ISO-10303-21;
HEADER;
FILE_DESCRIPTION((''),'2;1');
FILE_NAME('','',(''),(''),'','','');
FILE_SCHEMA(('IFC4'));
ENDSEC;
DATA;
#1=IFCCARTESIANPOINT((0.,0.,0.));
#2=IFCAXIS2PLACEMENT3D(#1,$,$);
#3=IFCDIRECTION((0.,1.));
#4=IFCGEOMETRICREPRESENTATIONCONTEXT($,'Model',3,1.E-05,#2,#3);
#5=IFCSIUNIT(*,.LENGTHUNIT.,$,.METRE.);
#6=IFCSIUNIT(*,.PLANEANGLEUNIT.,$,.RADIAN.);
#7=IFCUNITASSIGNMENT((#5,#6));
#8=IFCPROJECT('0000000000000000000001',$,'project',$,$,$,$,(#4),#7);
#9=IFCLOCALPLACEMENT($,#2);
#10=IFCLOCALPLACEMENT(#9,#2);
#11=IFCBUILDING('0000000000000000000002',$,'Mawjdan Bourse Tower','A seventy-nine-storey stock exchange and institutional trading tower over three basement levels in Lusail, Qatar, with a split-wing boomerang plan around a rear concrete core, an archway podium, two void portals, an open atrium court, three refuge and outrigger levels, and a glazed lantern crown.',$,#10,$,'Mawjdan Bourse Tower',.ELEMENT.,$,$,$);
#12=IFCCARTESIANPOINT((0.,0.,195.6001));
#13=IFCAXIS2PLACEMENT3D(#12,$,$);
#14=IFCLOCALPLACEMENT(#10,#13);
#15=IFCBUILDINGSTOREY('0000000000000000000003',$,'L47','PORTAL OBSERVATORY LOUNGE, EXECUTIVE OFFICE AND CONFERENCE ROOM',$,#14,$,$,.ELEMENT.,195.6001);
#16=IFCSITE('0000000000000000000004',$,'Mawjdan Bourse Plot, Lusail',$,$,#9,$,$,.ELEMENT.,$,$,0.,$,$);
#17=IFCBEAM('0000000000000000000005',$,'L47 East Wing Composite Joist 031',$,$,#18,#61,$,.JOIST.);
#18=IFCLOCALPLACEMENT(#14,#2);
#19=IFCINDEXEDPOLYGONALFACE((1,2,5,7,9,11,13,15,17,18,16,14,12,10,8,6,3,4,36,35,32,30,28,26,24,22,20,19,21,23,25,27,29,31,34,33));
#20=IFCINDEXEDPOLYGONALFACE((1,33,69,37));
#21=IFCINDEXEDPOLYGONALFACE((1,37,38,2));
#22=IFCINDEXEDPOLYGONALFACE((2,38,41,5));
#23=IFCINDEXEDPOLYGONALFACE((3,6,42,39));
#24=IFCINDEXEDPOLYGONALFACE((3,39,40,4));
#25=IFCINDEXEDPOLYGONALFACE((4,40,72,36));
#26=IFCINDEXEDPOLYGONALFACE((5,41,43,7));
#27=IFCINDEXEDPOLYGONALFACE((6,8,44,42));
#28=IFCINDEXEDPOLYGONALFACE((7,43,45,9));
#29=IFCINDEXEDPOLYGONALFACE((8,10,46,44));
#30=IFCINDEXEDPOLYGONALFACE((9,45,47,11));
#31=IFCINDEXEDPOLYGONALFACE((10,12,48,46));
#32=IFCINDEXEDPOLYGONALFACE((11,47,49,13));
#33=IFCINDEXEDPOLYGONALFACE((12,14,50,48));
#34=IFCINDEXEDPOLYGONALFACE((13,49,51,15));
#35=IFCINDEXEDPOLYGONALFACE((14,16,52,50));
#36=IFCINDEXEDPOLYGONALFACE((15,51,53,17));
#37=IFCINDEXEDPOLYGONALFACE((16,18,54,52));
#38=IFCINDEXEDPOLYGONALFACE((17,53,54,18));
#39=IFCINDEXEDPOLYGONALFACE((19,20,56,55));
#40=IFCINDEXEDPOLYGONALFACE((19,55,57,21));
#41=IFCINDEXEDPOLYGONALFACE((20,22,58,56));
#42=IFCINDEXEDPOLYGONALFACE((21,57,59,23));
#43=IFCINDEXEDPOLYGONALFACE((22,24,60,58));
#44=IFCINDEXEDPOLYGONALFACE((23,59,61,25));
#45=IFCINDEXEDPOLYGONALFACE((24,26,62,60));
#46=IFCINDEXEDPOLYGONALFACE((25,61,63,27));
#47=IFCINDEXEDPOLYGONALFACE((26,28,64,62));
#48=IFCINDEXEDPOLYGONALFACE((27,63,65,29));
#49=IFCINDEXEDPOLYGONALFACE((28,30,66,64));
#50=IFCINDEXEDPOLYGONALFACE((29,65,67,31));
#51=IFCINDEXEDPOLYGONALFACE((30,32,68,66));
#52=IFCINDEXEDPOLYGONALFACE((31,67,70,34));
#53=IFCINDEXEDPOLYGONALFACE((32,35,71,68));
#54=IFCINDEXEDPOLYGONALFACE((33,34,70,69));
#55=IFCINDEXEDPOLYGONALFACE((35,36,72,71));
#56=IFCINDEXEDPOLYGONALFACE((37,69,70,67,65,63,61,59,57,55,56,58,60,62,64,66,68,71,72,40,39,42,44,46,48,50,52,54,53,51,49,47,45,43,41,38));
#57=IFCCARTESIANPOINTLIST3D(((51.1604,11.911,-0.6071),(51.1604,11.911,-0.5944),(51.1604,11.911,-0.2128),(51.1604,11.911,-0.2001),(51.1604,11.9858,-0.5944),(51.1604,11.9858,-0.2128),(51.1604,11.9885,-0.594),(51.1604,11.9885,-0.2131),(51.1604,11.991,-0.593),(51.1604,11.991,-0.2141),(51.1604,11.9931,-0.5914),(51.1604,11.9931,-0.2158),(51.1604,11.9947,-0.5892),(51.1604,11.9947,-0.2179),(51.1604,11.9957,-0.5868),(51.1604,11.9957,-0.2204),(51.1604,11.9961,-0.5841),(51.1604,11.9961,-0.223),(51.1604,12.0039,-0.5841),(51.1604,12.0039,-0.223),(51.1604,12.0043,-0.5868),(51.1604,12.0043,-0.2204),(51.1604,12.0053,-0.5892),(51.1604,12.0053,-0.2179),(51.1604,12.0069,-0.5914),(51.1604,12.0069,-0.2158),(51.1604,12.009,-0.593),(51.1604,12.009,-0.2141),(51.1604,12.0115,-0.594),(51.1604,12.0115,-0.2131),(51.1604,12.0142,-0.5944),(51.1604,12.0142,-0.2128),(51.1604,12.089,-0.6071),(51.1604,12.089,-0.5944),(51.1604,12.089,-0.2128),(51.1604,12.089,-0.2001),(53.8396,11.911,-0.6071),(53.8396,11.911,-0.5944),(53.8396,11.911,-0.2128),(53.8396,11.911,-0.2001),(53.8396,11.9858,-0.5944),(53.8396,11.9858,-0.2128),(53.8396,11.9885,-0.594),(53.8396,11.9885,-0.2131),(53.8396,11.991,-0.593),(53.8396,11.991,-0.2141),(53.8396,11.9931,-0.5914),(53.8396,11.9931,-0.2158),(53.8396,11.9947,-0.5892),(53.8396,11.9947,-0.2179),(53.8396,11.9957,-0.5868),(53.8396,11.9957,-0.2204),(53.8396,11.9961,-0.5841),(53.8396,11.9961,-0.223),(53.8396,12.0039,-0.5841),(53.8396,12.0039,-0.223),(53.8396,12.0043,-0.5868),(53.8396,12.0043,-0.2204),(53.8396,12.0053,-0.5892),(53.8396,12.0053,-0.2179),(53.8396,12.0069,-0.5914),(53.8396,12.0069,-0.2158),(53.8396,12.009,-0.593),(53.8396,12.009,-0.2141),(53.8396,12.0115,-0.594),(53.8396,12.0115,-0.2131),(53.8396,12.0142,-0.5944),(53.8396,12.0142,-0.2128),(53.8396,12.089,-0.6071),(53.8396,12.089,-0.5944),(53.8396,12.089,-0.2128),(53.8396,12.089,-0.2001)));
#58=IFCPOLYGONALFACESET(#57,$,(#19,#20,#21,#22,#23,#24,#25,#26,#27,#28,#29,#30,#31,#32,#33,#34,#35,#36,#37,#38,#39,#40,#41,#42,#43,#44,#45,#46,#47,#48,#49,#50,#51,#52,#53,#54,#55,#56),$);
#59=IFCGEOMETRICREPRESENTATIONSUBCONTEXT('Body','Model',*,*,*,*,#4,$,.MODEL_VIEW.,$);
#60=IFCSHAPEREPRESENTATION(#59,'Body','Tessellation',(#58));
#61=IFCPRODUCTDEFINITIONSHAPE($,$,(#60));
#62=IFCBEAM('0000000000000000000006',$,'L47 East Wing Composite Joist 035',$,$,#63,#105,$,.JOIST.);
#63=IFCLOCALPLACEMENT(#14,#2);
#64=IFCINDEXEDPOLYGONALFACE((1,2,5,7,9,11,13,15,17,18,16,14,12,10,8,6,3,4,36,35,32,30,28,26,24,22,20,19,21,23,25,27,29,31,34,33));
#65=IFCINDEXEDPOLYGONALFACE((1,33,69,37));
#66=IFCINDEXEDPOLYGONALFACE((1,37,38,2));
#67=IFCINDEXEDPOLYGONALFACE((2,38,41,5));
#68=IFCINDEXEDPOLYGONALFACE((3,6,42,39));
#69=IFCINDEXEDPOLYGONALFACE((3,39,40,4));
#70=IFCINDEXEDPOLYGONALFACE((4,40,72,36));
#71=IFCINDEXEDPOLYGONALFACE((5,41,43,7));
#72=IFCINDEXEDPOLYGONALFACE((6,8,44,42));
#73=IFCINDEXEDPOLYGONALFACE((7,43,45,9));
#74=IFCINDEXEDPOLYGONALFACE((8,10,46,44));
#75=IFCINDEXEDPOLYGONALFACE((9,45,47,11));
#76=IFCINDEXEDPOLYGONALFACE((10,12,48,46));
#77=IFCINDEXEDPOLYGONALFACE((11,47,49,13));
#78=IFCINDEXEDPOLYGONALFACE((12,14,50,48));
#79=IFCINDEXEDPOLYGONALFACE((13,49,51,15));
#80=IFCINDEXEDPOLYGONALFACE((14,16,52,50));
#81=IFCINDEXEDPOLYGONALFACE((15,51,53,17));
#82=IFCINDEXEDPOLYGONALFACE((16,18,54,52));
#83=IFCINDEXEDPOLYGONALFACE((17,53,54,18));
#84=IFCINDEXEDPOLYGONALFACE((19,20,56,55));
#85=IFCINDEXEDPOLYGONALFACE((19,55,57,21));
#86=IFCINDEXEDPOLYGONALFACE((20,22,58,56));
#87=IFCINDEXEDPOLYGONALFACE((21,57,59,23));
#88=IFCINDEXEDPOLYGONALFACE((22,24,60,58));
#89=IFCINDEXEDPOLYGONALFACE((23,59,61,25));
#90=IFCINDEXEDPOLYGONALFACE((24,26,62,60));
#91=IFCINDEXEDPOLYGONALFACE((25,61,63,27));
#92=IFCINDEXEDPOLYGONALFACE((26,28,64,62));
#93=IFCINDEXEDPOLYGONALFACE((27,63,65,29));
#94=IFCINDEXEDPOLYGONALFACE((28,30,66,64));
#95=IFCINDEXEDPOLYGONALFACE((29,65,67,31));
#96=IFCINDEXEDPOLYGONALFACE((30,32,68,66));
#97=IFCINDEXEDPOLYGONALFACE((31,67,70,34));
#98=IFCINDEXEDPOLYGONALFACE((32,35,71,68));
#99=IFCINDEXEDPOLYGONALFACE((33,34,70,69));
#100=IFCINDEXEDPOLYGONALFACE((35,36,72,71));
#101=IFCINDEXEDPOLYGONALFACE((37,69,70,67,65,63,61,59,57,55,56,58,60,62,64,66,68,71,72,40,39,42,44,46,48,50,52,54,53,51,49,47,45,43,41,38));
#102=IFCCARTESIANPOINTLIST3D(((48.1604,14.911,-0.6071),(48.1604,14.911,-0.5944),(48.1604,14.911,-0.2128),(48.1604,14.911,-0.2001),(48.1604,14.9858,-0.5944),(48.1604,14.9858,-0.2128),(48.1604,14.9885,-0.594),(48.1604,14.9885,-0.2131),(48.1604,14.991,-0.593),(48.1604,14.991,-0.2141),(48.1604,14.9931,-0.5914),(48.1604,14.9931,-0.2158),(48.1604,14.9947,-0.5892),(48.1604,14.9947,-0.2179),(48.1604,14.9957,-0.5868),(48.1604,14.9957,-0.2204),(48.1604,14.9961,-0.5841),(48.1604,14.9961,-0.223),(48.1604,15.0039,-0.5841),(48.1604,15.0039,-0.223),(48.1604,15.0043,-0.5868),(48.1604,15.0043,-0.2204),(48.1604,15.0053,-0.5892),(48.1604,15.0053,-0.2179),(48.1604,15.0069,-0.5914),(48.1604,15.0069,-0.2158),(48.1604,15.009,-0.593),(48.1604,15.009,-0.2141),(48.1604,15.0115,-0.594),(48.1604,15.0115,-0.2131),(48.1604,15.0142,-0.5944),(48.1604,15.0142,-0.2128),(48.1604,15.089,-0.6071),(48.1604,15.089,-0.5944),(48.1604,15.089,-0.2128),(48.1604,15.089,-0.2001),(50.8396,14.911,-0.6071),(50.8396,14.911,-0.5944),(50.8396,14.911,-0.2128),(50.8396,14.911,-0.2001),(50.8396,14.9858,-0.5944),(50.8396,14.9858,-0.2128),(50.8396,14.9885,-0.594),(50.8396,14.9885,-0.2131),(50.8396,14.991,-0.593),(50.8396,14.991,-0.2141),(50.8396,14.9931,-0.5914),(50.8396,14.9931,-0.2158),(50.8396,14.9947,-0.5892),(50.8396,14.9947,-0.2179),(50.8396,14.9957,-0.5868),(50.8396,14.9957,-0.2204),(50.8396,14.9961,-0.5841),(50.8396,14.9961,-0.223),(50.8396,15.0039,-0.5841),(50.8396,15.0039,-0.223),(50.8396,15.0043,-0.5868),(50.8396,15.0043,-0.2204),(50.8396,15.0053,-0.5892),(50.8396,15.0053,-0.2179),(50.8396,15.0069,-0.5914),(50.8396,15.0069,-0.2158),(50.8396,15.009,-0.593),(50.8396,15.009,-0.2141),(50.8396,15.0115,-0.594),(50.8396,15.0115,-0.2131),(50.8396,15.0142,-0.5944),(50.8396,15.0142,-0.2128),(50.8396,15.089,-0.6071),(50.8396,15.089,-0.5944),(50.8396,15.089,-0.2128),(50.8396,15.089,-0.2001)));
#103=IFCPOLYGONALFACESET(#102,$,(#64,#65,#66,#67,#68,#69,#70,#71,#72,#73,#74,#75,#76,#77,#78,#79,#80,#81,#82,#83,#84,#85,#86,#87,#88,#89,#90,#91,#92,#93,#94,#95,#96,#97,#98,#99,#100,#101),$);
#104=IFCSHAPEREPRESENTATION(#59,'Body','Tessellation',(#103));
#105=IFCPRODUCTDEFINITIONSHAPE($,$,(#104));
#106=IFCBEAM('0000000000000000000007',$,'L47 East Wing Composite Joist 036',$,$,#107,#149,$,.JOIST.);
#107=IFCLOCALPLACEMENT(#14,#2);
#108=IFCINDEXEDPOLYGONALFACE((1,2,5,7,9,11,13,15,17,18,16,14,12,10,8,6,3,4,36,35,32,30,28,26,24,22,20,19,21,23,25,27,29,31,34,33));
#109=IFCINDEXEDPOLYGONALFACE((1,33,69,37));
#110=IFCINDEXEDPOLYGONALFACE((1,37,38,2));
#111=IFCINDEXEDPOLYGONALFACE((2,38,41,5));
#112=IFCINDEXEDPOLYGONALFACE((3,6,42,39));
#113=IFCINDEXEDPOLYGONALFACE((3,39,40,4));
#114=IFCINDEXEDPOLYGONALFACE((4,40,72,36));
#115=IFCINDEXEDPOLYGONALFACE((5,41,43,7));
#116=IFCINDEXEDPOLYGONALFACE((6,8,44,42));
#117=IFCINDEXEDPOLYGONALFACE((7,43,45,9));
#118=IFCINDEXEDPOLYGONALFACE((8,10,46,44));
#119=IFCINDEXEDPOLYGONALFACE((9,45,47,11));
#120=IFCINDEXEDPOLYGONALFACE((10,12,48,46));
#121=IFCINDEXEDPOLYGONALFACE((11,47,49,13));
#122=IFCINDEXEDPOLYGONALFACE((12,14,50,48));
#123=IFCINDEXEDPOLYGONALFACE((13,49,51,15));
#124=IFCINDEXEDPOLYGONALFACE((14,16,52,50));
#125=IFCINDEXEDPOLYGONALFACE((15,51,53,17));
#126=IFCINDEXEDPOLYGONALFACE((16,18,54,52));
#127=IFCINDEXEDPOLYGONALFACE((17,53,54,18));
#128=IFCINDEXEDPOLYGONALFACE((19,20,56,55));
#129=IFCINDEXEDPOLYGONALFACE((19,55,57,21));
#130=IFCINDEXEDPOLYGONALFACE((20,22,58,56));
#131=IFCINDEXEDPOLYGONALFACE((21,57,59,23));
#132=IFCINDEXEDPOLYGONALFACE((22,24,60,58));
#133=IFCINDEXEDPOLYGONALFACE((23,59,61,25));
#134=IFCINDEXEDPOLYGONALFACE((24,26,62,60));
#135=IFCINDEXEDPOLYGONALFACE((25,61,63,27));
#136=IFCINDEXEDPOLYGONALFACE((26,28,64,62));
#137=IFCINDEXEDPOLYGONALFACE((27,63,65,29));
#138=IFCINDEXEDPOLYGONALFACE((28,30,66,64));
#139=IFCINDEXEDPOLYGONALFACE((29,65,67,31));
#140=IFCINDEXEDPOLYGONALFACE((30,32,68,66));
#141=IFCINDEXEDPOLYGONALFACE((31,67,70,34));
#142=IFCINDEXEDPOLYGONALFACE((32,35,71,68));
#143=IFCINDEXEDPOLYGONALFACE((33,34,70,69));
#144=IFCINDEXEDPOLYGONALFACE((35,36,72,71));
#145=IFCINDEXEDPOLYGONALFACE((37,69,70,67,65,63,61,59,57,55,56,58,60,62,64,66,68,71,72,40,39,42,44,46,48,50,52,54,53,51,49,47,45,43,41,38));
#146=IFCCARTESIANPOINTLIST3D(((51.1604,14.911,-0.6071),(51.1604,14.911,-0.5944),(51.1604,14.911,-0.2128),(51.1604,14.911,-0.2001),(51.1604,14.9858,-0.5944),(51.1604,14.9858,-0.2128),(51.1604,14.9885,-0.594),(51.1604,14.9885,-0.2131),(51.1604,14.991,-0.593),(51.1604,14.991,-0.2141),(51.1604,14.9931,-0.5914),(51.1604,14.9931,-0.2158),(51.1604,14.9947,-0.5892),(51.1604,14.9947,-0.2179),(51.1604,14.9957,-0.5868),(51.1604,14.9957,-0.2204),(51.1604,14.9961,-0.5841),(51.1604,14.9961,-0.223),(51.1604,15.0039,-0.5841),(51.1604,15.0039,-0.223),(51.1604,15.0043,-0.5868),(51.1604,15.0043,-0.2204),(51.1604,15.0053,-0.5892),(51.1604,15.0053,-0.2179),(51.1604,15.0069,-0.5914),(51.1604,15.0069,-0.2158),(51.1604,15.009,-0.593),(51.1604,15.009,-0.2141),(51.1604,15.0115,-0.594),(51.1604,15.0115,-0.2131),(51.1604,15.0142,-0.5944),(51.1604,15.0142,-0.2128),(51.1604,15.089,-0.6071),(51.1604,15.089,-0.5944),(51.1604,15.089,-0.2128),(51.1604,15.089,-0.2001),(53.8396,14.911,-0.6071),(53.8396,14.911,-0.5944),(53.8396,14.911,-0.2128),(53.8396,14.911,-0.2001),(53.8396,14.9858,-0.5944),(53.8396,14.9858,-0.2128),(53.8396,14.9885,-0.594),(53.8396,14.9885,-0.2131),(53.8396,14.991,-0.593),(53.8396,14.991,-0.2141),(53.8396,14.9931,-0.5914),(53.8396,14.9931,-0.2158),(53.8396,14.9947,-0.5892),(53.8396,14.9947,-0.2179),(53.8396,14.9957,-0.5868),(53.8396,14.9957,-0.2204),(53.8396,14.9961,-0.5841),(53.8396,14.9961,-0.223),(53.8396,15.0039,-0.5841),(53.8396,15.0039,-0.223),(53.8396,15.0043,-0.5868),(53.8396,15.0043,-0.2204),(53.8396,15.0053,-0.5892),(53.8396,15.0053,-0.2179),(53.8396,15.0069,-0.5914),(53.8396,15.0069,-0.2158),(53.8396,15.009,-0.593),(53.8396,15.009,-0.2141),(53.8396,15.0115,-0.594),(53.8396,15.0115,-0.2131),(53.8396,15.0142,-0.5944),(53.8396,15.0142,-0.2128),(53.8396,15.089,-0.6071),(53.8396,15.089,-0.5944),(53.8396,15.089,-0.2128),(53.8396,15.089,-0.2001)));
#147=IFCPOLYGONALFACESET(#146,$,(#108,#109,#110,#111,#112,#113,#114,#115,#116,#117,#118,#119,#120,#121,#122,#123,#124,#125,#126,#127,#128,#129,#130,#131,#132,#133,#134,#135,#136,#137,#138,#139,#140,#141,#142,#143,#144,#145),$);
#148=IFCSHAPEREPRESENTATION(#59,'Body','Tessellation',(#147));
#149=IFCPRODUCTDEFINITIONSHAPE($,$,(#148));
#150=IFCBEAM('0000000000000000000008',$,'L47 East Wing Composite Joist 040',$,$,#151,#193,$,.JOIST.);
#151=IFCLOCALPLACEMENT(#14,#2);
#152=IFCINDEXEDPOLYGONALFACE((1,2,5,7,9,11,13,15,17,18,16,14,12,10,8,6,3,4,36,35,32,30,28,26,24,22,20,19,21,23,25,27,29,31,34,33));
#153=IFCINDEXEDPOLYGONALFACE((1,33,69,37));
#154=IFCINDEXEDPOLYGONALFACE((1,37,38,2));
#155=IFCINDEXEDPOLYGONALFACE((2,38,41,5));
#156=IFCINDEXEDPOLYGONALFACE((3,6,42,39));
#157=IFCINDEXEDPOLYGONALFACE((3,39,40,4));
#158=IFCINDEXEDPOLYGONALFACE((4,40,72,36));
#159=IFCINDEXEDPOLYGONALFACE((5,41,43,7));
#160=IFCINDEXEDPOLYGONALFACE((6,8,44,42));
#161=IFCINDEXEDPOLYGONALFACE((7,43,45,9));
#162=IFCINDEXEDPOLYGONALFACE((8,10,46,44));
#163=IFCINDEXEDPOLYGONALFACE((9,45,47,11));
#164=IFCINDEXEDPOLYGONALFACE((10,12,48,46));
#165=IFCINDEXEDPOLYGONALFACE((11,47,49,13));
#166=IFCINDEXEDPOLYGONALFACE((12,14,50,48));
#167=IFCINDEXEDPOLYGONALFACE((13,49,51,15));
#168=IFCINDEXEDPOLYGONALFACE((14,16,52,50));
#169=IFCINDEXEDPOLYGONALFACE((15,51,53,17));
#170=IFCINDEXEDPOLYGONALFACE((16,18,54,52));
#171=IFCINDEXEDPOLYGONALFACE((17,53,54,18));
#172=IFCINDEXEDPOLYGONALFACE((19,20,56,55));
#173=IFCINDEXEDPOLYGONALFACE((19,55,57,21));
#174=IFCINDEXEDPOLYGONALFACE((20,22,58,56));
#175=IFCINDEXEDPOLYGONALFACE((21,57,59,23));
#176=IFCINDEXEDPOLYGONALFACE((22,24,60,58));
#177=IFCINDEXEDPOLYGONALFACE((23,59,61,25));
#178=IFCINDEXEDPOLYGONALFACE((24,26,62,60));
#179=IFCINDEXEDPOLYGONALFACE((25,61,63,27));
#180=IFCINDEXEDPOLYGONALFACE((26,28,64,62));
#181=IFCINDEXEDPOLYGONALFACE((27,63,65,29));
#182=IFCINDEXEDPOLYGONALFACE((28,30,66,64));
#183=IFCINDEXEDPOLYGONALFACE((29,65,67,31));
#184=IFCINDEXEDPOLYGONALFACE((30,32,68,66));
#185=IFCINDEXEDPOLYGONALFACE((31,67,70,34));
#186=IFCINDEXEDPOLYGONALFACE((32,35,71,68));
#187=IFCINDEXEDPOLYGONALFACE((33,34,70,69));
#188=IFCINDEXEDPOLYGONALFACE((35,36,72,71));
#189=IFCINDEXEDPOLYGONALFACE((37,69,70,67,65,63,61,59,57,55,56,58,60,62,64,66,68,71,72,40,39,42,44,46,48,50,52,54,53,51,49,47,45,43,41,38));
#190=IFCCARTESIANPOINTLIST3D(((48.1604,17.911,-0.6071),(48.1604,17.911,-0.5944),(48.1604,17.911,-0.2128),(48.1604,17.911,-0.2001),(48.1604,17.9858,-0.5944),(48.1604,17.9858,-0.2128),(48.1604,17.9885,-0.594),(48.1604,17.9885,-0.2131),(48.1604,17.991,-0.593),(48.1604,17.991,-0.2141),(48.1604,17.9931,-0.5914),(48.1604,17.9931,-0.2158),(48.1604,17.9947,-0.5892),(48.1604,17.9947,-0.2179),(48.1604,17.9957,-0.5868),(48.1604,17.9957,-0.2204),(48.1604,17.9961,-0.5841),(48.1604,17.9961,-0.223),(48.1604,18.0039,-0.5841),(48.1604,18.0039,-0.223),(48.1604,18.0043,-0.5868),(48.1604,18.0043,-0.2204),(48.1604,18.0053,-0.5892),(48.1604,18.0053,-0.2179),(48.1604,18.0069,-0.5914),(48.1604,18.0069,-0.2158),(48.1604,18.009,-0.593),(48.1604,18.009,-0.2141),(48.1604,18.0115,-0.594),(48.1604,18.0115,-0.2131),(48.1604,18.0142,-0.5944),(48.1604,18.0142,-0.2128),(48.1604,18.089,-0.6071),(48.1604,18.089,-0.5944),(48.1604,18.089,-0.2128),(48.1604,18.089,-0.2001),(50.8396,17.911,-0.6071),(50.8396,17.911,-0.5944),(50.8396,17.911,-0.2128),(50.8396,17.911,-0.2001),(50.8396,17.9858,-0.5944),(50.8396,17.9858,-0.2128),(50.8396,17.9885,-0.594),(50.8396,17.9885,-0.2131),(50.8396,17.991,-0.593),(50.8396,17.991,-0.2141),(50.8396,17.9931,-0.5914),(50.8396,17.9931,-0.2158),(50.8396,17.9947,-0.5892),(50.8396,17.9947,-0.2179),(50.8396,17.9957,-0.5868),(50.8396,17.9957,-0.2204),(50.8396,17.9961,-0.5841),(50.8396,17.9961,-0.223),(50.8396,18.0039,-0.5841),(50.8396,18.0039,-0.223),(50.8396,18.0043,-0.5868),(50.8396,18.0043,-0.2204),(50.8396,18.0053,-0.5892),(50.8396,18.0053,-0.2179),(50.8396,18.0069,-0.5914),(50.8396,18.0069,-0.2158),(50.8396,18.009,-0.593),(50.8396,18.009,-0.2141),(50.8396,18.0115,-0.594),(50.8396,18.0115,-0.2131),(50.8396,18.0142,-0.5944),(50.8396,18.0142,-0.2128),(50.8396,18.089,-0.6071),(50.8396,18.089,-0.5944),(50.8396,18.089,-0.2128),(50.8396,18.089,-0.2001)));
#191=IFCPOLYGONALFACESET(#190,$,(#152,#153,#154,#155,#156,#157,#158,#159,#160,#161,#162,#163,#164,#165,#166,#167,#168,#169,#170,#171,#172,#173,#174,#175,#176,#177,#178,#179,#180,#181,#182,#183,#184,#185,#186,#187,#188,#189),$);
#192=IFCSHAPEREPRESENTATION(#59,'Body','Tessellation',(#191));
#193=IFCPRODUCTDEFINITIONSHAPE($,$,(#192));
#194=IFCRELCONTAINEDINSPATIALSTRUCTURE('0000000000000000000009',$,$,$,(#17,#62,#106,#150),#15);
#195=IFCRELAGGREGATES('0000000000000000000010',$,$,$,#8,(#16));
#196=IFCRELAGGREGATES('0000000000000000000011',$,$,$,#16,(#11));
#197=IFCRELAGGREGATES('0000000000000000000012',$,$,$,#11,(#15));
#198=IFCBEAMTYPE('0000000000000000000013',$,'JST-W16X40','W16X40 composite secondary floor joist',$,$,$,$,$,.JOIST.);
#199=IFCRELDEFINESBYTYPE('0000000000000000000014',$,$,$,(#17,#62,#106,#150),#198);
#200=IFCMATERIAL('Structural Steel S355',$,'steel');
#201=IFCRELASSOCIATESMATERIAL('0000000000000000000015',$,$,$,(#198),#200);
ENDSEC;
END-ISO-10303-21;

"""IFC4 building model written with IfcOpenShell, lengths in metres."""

from ifc_helpers import new_model, si_unit, direction, frame, origin, origin_2d, place, context, subcontext, project, spatial, i_section, extrude, material, material_profile, profile_set, type_object, element, save


model = new_model("IFC4")

# Units and contexts
model_context = context("Model", 3, precision=1e-05, world=origin(), true_north=direction((0.0, 1.0)))
body_context = subcontext(model_context, "Body", "Model", "MODEL_VIEW")
ifc_project = project(units=[si_unit("LENGTHUNIT", "METRE"), si_unit("PLANEANGLEUNIT", "RADIAN")], contexts=[model_context])

# Site, building, storey
site_placement = place(None, origin())
site = spatial("IfcSite", under=ifc_project, at=site_placement, Name="Mawjdan Bourse Plot, Lusail", CompositionType="ELEMENT", RefElevation=0.0)
building_placement = place(site_placement, origin())
building = spatial("IfcBuilding", under=site, at=building_placement, Name="Mawjdan Bourse Tower", Description="A seventy-nine-storey stock exchange and institutional trading tower over three basement levels in Lusail, Qatar, with a split-wing boomerang plan around a rear concrete core, an archway podium, two void portals, an open atrium court, three refuge and outrigger levels, and a glazed lantern crown.", LongName="Mawjdan Bourse Tower", CompositionType="ELEMENT")
storey_placement = place(building_placement, frame((0.0, 0.0, 195.6001)))
storey = spatial("IfcBuildingStorey", under=building, at=storey_placement, Name="L47", Description="PORTAL OBSERVATORY LOUNGE, EXECUTIVE OFFICE AND CONFERENCE ROOM", CompositionType="ELEMENT", Elevation=195.6001)

# Beams
ifc_material_1 = material(Name="Structural Steel S355", Category="steel")
ifc_material_profile_1 = material_profile(ifc_material_1, i_section(OverallWidth=0.178, OverallDepth=0.407, WebThickness=0.0078, FlangeThickness=0.0127, FilletRadius=0.0103, at=origin_2d()), Name="W16X40")
ifc_profile_set_1 = profile_set([ifc_material_profile_1], Name="Structural Steel S355")
beam_type_1 = type_object("IfcBeamType", Name="JST-W16X40", Description="W16X40 composite secondary floor joist", PredefinedType="JOIST", material=ifc_profile_set_1)
for number, where, z_axis, x_axis, name in (
    (1, (51.1604, 12.0, -0.4036), (1.0, 0.0, 0.0), (0.0, 1.0, 0.0), "L47 East Wing Composite Joist 031"),
    (2, (48.1604, 15.0, -0.4036), (1.0, 0.0, 0.0), (0.0, 1.0, 0.0), "L47 East Wing Composite Joist 035"),
    (3, (51.1604, 15.0, -0.4036), (1.0, 0.0, 0.0), (0.0, 1.0, 0.0), "L47 East Wing Composite Joist 036"),
    (4, (48.1604, 18.0, -0.4036), (1.0, 0.0, 0.0), (0.0, 1.0, 0.0), "L47 East Wing Composite Joist 040"),
):
    element("IfcBeam", number, at=place(storey_placement, frame(where, z_axis=z_axis, x_axis=x_axis)), inside=storey, type_object=beam_type_1, Name=name, PredefinedType="JOIST", context=body_context, shape_type="SweptSolid", body=[
        extrude(i_section(OverallWidth=0.178, OverallDepth=0.407, WebThickness=0.0078, FlangeThickness=0.0127, FilletRadius=0.0103, at=origin_2d()), origin(), (0.0, 0.0, 1.0), 2.6792),
    ])

save(model, "model.ifc")
